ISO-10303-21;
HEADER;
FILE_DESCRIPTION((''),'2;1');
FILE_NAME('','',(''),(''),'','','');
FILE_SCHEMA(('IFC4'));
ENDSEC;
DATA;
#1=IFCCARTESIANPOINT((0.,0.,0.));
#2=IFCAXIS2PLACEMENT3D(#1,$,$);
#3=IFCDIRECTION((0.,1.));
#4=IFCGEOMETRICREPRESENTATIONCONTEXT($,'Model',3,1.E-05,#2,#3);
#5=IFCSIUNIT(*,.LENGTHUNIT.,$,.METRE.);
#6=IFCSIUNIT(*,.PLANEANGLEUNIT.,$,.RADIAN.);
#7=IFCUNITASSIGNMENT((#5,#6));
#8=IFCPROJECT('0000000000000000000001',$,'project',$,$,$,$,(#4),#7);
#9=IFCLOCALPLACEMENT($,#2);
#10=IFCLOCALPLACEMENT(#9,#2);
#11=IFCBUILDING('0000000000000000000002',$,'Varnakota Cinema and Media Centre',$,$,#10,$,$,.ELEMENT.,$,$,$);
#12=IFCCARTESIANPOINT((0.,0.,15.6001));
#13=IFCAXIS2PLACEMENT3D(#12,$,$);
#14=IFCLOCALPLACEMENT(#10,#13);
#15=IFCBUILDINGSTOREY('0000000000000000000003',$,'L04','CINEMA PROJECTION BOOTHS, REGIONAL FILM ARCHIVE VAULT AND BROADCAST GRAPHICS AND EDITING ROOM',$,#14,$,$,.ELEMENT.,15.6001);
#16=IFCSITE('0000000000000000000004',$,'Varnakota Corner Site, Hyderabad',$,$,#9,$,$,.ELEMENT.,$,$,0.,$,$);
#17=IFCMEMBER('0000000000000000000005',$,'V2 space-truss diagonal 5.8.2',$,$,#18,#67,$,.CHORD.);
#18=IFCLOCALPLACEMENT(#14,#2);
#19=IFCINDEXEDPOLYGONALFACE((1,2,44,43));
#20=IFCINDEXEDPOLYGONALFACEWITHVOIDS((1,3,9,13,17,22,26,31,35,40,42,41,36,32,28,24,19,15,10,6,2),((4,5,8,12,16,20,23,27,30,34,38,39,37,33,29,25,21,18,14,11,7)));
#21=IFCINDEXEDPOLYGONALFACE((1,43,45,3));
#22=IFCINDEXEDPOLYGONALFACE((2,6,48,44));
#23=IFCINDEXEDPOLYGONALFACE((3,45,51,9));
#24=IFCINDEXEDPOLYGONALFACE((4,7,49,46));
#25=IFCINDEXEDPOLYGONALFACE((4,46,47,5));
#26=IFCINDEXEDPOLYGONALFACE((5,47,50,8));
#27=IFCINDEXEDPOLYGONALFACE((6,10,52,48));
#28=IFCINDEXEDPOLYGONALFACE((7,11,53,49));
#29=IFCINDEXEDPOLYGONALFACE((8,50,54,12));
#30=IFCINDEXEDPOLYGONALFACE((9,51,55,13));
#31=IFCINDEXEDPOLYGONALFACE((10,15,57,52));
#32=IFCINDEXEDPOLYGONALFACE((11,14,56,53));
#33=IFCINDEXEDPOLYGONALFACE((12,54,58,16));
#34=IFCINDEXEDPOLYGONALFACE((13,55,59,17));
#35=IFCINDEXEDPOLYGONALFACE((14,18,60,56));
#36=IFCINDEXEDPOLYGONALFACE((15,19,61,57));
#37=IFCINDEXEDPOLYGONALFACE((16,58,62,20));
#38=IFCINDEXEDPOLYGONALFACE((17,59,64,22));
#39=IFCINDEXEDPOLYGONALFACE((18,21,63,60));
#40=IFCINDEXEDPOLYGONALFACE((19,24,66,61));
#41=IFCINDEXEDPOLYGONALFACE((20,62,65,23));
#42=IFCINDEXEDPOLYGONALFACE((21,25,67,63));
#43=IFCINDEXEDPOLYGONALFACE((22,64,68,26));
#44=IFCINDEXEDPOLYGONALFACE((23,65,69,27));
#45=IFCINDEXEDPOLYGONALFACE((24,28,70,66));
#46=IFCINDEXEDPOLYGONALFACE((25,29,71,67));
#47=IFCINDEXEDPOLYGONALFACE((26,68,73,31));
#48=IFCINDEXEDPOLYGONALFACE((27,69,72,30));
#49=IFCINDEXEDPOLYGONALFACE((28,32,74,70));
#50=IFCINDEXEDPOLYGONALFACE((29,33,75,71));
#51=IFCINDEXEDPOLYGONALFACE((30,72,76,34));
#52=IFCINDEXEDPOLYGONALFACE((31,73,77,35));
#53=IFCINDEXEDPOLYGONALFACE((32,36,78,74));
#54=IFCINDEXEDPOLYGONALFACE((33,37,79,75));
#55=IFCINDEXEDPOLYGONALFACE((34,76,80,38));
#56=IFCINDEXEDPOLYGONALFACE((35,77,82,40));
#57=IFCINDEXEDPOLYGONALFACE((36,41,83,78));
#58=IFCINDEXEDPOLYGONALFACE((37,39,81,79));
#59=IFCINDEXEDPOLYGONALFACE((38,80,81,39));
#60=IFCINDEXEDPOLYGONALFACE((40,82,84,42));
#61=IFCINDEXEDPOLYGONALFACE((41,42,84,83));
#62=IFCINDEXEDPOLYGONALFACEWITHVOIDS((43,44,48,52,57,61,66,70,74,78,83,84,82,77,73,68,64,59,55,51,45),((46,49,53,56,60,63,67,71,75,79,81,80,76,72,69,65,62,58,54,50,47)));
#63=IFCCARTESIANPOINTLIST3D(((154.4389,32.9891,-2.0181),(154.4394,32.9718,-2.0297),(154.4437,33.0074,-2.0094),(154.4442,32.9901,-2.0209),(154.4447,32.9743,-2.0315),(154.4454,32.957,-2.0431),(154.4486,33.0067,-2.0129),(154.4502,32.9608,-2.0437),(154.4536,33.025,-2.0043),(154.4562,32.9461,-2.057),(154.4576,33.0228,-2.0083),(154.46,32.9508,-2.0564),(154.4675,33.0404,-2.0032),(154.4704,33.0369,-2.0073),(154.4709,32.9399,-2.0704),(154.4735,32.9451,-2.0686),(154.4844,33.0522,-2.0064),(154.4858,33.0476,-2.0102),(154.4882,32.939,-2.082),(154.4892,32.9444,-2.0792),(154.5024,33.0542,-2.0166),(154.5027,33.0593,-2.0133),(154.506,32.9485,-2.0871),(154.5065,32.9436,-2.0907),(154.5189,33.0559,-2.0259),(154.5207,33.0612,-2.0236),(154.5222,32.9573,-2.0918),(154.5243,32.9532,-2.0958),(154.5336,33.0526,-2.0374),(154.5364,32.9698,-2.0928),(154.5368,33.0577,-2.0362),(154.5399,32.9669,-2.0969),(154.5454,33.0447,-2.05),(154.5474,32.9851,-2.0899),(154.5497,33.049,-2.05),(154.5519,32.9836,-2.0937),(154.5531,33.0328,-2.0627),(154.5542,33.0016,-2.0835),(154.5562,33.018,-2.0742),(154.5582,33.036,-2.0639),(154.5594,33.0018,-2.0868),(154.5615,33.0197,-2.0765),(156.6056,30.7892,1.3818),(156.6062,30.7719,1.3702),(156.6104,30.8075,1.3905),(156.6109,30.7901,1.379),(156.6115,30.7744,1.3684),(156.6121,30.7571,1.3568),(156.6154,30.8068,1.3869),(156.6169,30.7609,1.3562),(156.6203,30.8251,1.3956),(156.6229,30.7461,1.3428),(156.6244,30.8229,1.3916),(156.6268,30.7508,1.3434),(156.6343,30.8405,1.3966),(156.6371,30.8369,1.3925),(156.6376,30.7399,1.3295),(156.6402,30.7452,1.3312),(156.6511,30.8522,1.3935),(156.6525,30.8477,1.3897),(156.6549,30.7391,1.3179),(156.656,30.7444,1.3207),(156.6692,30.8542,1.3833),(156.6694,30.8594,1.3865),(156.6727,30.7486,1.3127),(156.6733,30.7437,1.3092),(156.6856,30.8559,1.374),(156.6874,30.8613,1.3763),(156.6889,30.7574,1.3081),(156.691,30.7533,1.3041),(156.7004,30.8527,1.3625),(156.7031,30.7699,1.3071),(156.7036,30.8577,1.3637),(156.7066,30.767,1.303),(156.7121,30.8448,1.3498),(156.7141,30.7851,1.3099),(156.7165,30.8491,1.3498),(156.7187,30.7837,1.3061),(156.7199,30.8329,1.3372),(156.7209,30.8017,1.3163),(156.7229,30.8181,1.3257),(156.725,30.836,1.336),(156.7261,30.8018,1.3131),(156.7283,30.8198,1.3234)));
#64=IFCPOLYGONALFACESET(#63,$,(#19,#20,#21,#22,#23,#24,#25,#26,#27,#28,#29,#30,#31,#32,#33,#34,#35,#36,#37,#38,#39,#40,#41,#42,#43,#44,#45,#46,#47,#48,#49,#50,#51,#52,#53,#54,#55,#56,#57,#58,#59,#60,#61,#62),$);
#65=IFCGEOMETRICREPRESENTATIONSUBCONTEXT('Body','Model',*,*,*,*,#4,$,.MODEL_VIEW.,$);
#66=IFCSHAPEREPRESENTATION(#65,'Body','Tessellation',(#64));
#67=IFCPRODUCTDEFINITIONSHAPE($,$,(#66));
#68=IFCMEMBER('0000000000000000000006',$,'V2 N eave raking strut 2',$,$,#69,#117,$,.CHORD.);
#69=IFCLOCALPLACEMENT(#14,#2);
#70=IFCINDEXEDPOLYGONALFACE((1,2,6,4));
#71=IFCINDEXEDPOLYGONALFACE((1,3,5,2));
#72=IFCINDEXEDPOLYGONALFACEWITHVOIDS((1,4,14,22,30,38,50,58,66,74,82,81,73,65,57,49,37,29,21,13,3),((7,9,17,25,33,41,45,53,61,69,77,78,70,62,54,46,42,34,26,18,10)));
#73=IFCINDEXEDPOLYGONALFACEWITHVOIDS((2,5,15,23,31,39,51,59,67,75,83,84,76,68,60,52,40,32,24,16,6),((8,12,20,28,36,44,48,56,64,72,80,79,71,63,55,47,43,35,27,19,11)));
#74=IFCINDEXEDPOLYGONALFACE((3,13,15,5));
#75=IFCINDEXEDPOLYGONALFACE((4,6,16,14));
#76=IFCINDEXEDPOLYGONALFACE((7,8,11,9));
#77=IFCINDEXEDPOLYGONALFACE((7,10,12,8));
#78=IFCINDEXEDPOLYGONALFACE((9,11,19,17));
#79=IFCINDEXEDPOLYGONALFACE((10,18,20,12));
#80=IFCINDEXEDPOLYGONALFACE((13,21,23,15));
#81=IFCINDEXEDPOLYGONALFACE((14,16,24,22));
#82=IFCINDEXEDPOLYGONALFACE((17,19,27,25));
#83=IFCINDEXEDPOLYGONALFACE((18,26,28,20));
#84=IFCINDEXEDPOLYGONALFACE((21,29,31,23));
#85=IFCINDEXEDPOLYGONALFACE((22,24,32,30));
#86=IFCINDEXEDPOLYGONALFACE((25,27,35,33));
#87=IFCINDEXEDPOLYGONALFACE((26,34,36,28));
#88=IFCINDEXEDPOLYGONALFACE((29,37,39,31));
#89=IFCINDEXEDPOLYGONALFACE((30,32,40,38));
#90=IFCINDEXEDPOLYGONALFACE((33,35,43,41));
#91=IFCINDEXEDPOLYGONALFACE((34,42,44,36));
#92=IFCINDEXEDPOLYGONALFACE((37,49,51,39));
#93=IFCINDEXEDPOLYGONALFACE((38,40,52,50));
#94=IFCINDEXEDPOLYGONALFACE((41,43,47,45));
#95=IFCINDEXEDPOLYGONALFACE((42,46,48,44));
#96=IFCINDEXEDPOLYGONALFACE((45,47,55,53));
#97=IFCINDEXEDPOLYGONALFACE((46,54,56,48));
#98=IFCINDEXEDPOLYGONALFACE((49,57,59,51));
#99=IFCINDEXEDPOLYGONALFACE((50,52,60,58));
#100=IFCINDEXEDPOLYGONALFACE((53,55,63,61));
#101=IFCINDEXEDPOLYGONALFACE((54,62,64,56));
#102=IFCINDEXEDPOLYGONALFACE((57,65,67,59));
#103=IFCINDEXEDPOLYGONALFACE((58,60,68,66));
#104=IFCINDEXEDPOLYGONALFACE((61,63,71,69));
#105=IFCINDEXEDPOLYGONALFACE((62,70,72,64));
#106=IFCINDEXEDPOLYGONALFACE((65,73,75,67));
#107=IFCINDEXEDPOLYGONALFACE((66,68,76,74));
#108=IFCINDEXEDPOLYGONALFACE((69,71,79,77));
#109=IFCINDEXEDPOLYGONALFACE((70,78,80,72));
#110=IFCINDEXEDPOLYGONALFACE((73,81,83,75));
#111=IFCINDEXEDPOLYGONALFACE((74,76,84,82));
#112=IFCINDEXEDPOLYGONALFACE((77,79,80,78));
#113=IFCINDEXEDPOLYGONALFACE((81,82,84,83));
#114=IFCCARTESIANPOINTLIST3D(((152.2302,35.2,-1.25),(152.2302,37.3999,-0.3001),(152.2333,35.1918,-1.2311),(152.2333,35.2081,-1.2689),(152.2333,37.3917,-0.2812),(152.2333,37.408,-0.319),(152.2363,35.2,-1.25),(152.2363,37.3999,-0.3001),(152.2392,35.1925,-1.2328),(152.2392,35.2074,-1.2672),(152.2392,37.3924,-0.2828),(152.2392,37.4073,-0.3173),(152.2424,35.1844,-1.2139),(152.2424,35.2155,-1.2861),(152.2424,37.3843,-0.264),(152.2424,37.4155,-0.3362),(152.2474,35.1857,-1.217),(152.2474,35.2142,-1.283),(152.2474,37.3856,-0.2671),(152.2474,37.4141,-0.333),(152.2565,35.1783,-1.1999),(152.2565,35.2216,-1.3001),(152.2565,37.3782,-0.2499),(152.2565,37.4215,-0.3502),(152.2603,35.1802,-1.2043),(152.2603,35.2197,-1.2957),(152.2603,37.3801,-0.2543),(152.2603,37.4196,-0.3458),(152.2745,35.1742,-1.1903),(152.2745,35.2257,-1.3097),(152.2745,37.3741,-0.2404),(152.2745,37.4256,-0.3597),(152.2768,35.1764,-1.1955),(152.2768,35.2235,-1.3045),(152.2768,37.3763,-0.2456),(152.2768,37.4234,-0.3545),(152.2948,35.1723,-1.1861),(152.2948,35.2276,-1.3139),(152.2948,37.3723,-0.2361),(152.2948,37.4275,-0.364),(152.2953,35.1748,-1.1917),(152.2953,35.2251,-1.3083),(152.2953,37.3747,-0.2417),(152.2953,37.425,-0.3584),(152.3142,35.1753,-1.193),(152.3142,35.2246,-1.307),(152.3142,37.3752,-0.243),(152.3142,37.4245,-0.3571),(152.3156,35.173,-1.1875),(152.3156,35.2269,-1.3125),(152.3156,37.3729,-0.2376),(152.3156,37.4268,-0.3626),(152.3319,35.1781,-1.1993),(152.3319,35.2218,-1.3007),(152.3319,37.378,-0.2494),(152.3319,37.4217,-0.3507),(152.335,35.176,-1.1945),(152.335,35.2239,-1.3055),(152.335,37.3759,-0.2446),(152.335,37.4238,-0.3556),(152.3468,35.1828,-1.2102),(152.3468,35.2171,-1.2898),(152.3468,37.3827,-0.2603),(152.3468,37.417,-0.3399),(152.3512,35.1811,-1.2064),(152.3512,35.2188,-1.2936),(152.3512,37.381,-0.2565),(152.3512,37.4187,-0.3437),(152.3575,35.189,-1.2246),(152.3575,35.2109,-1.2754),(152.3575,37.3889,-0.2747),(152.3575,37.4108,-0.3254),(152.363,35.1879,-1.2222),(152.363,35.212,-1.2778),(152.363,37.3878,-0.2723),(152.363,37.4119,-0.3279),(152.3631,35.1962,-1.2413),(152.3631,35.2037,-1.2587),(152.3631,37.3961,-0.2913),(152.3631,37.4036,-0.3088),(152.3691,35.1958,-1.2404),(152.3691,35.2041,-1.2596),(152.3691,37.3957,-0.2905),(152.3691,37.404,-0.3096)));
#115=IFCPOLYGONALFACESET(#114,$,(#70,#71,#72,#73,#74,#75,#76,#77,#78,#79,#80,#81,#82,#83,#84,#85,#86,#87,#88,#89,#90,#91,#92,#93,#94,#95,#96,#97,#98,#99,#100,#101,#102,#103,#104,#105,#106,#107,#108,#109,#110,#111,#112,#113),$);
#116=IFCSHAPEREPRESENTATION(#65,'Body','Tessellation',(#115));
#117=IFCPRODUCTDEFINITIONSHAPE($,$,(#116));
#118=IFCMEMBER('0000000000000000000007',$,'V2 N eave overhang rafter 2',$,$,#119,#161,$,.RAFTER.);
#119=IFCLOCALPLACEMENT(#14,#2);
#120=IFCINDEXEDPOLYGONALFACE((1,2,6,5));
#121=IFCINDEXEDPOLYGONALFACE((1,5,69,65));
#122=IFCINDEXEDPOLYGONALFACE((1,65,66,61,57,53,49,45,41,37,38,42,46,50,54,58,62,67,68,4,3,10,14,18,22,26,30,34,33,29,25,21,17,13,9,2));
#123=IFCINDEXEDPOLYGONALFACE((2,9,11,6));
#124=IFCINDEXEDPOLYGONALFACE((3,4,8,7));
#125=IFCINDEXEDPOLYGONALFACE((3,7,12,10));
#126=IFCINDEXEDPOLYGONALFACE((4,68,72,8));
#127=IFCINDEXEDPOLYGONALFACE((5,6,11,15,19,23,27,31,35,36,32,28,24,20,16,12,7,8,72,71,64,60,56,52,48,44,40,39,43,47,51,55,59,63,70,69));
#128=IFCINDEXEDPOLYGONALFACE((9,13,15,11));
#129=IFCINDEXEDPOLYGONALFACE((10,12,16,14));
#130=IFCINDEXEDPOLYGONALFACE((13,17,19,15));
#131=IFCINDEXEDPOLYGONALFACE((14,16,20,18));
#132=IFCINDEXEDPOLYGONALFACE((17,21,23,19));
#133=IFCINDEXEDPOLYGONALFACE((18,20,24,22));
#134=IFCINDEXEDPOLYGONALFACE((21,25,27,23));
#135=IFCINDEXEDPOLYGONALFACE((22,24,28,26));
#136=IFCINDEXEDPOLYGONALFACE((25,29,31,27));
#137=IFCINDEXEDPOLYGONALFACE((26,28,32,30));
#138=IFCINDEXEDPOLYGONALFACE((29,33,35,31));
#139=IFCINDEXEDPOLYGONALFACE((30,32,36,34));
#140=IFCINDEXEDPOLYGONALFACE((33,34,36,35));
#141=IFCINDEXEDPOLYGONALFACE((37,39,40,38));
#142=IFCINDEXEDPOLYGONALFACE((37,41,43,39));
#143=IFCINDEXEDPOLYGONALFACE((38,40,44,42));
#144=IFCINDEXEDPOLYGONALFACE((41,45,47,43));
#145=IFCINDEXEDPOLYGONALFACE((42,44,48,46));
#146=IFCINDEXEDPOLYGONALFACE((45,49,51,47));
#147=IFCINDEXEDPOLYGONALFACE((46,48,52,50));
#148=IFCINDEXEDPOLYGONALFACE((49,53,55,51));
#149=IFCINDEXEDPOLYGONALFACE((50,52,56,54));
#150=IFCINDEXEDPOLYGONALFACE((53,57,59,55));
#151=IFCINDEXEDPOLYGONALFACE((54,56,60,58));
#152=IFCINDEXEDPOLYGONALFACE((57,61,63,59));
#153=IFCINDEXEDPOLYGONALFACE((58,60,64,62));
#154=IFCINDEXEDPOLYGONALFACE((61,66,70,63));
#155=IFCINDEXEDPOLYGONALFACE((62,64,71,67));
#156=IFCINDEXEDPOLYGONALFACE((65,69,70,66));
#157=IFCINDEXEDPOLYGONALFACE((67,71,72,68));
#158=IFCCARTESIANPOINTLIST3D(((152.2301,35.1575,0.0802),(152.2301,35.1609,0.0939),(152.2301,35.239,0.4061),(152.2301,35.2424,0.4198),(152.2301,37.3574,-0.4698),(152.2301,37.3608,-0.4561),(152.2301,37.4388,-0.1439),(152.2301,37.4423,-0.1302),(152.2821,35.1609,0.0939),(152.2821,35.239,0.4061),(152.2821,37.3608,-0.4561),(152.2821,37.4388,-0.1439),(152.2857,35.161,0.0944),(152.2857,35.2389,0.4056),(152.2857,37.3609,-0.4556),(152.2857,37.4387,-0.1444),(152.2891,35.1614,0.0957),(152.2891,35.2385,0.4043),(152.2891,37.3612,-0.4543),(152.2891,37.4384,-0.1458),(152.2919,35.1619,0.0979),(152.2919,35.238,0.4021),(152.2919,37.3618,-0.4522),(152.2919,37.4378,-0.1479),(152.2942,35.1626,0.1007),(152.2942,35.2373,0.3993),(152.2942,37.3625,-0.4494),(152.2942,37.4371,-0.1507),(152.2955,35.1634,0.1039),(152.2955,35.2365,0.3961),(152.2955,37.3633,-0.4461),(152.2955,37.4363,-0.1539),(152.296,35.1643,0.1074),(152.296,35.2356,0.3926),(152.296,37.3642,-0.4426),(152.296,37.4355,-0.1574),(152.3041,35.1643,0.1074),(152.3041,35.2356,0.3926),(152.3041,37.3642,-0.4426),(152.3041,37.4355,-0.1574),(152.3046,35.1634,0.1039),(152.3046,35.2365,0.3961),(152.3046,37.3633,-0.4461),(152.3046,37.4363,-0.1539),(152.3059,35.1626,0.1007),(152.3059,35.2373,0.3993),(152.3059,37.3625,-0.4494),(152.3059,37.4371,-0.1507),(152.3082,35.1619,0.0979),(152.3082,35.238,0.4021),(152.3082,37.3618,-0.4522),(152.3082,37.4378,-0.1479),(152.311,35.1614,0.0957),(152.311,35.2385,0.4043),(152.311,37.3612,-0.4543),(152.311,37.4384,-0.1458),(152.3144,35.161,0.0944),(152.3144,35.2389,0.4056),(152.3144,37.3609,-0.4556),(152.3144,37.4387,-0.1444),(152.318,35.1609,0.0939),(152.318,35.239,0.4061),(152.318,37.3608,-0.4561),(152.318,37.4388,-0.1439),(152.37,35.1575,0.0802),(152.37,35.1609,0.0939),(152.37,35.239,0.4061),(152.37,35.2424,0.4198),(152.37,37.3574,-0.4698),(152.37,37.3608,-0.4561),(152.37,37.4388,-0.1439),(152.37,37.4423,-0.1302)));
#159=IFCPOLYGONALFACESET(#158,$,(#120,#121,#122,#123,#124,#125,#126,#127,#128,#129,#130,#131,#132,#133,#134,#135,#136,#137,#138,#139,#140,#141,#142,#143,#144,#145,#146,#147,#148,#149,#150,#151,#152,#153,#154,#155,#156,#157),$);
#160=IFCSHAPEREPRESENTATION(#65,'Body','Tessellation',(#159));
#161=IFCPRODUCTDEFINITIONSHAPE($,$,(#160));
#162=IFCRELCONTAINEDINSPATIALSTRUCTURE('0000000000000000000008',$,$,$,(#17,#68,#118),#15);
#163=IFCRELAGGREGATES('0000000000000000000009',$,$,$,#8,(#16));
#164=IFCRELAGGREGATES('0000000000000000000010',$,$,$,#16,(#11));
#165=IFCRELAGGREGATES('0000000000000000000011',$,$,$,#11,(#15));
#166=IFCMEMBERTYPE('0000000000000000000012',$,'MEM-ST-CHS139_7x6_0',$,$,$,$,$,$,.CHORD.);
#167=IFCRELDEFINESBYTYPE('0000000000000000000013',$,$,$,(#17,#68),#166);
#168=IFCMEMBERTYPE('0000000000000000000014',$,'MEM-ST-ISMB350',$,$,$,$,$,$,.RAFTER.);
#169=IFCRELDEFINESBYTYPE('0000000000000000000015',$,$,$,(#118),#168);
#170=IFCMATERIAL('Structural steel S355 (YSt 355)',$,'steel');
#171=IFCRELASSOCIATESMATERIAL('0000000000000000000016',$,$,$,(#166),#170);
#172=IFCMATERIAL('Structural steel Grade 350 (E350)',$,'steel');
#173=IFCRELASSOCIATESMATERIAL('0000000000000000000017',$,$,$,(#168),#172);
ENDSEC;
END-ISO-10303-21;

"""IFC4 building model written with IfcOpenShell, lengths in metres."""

from ifc_helpers import new_model, si_unit, direction, frame, origin, origin_2d, place, context, subcontext, project, spatial, hollow_circle, i_section, extrude, material, material_profile, profile_set, type_object, element, save


model = new_model("IFC4")

# Units and contexts
model_context = context("Model", 3, precision=1e-05, world=origin(), true_north=direction((0.0, 1.0)))
body_context = subcontext(model_context, "Body", "Model", "MODEL_VIEW")
ifc_project = project(units=[si_unit("LENGTHUNIT", "METRE"), si_unit("PLANEANGLEUNIT", "RADIAN")], contexts=[model_context])

# Site, building, storey
site_placement = place(None, origin())
site = spatial("IfcSite", under=ifc_project, at=site_placement, Name="Varnakota Corner Site, Hyderabad", CompositionType="ELEMENT", RefElevation=0.0)
building_placement = place(site_placement, origin())
building = spatial("IfcBuilding", under=site, at=building_placement, Name="Varnakota Cinema and Media Centre", CompositionType="ELEMENT")
storey_placement = place(building_placement, frame((0.0, 0.0, 15.6001)))
storey = spatial("IfcBuildingStorey", under=building, at=storey_placement, Name="L04", Description="CINEMA PROJECTION BOOTHS, REGIONAL FILM ARCHIVE VAULT AND BROADCAST GRAPHICS AND EDITING ROOM", CompositionType="ELEMENT", Elevation=15.6001)

# Members
ifc_material_1 = material(Name="Structural steel S355 (YSt 355)", Category="steel")
ifc_material_profile_1 = material_profile(ifc_material_1, hollow_circle(Radius=0.0698, WallThickness=0.0061, at=origin_2d()), Name="CHS 139.7x6.0")
ifc_profile_set_1 = profile_set([ifc_material_profile_1], Name="Structural steel S355 (YSt 355)")
member_type_1 = type_object("IfcMemberType", Name="MEM-ST-CHS139_7x6_0", PredefinedType="CHORD", material=ifc_profile_set_1)
member_1_placement = place(storey_placement, frame((154.5, 33.0, -2.05), z_axis=(0.471769, -0.478999, 0.740266), x_axis=(0.712463, 0.70171, 0.0)))
element("IfcMember", 1, at=member_1_placement, inside=storey, type_object=member_type_1, Name="V2 space-truss diagonal 5.8.2", PredefinedType="CHORD", context=body_context, shape_type="SweptSolid", body=[
    extrude(hollow_circle(Radius=0.0698, WallThickness=0.0061, at=origin_2d()), origin(), (0.0, 0.0, 1.0), 4.5928),
])
member_2_placement = place(storey_placement, frame((152.3, 35.2, -1.25), z_axis=(0.0, 0.918067, 0.396426), x_axis=(-1.0, 0.0, 0.0)))
element("IfcMember", 2, at=member_2_placement, inside=storey, type_object=member_type_1, Name="V2 N eave raking strut 2", PredefinedType="CHORD", context=body_context, shape_type="SweptSolid", body=[
    extrude(hollow_circle(Radius=0.0698, WallThickness=0.0061, at=origin_2d()), origin(), (0.0, 0.0, 1.0), 2.3962),
])
ifc_material_2 = material(Name="Structural steel Grade 350 (E350)", Category="steel")
ifc_material_profile_2 = material_profile(ifc_material_2, i_section(OverallWidth=0.1399, OverallDepth=0.3501, WebThickness=0.0081, FlangeThickness=0.0142, FilletRadius=0.0139, at=origin_2d()), Name="ISMB 350")
ifc_profile_set_2 = profile_set([ifc_material_profile_2], Name="Structural steel Grade 350 (E350)")
member_type_2 = type_object("IfcMemberType", Name="MEM-ST-ISMB350", PredefinedType="RAFTER", material=ifc_profile_set_2)
member_3_placement = place(storey_placement, frame((152.3, 35.2, 0.25), z_axis=(0.0, 0.970136, -0.242561), x_axis=(-1.0, 0.0, 0.0)))
element("IfcMember", 3, at=member_3_placement, inside=storey, type_object=member_type_2, Name="V2 N eave overhang rafter 2", PredefinedType="RAFTER", context=body_context, shape_type="SweptSolid", body=[
    extrude(i_section(OverallWidth=0.1399, OverallDepth=0.3501, WebThickness=0.0081, FlangeThickness=0.0142, FilletRadius=0.0139, at=origin_2d()), origin(), (0.0, 0.0, 1.0), 2.2676),
])

save(model, "model.ifc")
